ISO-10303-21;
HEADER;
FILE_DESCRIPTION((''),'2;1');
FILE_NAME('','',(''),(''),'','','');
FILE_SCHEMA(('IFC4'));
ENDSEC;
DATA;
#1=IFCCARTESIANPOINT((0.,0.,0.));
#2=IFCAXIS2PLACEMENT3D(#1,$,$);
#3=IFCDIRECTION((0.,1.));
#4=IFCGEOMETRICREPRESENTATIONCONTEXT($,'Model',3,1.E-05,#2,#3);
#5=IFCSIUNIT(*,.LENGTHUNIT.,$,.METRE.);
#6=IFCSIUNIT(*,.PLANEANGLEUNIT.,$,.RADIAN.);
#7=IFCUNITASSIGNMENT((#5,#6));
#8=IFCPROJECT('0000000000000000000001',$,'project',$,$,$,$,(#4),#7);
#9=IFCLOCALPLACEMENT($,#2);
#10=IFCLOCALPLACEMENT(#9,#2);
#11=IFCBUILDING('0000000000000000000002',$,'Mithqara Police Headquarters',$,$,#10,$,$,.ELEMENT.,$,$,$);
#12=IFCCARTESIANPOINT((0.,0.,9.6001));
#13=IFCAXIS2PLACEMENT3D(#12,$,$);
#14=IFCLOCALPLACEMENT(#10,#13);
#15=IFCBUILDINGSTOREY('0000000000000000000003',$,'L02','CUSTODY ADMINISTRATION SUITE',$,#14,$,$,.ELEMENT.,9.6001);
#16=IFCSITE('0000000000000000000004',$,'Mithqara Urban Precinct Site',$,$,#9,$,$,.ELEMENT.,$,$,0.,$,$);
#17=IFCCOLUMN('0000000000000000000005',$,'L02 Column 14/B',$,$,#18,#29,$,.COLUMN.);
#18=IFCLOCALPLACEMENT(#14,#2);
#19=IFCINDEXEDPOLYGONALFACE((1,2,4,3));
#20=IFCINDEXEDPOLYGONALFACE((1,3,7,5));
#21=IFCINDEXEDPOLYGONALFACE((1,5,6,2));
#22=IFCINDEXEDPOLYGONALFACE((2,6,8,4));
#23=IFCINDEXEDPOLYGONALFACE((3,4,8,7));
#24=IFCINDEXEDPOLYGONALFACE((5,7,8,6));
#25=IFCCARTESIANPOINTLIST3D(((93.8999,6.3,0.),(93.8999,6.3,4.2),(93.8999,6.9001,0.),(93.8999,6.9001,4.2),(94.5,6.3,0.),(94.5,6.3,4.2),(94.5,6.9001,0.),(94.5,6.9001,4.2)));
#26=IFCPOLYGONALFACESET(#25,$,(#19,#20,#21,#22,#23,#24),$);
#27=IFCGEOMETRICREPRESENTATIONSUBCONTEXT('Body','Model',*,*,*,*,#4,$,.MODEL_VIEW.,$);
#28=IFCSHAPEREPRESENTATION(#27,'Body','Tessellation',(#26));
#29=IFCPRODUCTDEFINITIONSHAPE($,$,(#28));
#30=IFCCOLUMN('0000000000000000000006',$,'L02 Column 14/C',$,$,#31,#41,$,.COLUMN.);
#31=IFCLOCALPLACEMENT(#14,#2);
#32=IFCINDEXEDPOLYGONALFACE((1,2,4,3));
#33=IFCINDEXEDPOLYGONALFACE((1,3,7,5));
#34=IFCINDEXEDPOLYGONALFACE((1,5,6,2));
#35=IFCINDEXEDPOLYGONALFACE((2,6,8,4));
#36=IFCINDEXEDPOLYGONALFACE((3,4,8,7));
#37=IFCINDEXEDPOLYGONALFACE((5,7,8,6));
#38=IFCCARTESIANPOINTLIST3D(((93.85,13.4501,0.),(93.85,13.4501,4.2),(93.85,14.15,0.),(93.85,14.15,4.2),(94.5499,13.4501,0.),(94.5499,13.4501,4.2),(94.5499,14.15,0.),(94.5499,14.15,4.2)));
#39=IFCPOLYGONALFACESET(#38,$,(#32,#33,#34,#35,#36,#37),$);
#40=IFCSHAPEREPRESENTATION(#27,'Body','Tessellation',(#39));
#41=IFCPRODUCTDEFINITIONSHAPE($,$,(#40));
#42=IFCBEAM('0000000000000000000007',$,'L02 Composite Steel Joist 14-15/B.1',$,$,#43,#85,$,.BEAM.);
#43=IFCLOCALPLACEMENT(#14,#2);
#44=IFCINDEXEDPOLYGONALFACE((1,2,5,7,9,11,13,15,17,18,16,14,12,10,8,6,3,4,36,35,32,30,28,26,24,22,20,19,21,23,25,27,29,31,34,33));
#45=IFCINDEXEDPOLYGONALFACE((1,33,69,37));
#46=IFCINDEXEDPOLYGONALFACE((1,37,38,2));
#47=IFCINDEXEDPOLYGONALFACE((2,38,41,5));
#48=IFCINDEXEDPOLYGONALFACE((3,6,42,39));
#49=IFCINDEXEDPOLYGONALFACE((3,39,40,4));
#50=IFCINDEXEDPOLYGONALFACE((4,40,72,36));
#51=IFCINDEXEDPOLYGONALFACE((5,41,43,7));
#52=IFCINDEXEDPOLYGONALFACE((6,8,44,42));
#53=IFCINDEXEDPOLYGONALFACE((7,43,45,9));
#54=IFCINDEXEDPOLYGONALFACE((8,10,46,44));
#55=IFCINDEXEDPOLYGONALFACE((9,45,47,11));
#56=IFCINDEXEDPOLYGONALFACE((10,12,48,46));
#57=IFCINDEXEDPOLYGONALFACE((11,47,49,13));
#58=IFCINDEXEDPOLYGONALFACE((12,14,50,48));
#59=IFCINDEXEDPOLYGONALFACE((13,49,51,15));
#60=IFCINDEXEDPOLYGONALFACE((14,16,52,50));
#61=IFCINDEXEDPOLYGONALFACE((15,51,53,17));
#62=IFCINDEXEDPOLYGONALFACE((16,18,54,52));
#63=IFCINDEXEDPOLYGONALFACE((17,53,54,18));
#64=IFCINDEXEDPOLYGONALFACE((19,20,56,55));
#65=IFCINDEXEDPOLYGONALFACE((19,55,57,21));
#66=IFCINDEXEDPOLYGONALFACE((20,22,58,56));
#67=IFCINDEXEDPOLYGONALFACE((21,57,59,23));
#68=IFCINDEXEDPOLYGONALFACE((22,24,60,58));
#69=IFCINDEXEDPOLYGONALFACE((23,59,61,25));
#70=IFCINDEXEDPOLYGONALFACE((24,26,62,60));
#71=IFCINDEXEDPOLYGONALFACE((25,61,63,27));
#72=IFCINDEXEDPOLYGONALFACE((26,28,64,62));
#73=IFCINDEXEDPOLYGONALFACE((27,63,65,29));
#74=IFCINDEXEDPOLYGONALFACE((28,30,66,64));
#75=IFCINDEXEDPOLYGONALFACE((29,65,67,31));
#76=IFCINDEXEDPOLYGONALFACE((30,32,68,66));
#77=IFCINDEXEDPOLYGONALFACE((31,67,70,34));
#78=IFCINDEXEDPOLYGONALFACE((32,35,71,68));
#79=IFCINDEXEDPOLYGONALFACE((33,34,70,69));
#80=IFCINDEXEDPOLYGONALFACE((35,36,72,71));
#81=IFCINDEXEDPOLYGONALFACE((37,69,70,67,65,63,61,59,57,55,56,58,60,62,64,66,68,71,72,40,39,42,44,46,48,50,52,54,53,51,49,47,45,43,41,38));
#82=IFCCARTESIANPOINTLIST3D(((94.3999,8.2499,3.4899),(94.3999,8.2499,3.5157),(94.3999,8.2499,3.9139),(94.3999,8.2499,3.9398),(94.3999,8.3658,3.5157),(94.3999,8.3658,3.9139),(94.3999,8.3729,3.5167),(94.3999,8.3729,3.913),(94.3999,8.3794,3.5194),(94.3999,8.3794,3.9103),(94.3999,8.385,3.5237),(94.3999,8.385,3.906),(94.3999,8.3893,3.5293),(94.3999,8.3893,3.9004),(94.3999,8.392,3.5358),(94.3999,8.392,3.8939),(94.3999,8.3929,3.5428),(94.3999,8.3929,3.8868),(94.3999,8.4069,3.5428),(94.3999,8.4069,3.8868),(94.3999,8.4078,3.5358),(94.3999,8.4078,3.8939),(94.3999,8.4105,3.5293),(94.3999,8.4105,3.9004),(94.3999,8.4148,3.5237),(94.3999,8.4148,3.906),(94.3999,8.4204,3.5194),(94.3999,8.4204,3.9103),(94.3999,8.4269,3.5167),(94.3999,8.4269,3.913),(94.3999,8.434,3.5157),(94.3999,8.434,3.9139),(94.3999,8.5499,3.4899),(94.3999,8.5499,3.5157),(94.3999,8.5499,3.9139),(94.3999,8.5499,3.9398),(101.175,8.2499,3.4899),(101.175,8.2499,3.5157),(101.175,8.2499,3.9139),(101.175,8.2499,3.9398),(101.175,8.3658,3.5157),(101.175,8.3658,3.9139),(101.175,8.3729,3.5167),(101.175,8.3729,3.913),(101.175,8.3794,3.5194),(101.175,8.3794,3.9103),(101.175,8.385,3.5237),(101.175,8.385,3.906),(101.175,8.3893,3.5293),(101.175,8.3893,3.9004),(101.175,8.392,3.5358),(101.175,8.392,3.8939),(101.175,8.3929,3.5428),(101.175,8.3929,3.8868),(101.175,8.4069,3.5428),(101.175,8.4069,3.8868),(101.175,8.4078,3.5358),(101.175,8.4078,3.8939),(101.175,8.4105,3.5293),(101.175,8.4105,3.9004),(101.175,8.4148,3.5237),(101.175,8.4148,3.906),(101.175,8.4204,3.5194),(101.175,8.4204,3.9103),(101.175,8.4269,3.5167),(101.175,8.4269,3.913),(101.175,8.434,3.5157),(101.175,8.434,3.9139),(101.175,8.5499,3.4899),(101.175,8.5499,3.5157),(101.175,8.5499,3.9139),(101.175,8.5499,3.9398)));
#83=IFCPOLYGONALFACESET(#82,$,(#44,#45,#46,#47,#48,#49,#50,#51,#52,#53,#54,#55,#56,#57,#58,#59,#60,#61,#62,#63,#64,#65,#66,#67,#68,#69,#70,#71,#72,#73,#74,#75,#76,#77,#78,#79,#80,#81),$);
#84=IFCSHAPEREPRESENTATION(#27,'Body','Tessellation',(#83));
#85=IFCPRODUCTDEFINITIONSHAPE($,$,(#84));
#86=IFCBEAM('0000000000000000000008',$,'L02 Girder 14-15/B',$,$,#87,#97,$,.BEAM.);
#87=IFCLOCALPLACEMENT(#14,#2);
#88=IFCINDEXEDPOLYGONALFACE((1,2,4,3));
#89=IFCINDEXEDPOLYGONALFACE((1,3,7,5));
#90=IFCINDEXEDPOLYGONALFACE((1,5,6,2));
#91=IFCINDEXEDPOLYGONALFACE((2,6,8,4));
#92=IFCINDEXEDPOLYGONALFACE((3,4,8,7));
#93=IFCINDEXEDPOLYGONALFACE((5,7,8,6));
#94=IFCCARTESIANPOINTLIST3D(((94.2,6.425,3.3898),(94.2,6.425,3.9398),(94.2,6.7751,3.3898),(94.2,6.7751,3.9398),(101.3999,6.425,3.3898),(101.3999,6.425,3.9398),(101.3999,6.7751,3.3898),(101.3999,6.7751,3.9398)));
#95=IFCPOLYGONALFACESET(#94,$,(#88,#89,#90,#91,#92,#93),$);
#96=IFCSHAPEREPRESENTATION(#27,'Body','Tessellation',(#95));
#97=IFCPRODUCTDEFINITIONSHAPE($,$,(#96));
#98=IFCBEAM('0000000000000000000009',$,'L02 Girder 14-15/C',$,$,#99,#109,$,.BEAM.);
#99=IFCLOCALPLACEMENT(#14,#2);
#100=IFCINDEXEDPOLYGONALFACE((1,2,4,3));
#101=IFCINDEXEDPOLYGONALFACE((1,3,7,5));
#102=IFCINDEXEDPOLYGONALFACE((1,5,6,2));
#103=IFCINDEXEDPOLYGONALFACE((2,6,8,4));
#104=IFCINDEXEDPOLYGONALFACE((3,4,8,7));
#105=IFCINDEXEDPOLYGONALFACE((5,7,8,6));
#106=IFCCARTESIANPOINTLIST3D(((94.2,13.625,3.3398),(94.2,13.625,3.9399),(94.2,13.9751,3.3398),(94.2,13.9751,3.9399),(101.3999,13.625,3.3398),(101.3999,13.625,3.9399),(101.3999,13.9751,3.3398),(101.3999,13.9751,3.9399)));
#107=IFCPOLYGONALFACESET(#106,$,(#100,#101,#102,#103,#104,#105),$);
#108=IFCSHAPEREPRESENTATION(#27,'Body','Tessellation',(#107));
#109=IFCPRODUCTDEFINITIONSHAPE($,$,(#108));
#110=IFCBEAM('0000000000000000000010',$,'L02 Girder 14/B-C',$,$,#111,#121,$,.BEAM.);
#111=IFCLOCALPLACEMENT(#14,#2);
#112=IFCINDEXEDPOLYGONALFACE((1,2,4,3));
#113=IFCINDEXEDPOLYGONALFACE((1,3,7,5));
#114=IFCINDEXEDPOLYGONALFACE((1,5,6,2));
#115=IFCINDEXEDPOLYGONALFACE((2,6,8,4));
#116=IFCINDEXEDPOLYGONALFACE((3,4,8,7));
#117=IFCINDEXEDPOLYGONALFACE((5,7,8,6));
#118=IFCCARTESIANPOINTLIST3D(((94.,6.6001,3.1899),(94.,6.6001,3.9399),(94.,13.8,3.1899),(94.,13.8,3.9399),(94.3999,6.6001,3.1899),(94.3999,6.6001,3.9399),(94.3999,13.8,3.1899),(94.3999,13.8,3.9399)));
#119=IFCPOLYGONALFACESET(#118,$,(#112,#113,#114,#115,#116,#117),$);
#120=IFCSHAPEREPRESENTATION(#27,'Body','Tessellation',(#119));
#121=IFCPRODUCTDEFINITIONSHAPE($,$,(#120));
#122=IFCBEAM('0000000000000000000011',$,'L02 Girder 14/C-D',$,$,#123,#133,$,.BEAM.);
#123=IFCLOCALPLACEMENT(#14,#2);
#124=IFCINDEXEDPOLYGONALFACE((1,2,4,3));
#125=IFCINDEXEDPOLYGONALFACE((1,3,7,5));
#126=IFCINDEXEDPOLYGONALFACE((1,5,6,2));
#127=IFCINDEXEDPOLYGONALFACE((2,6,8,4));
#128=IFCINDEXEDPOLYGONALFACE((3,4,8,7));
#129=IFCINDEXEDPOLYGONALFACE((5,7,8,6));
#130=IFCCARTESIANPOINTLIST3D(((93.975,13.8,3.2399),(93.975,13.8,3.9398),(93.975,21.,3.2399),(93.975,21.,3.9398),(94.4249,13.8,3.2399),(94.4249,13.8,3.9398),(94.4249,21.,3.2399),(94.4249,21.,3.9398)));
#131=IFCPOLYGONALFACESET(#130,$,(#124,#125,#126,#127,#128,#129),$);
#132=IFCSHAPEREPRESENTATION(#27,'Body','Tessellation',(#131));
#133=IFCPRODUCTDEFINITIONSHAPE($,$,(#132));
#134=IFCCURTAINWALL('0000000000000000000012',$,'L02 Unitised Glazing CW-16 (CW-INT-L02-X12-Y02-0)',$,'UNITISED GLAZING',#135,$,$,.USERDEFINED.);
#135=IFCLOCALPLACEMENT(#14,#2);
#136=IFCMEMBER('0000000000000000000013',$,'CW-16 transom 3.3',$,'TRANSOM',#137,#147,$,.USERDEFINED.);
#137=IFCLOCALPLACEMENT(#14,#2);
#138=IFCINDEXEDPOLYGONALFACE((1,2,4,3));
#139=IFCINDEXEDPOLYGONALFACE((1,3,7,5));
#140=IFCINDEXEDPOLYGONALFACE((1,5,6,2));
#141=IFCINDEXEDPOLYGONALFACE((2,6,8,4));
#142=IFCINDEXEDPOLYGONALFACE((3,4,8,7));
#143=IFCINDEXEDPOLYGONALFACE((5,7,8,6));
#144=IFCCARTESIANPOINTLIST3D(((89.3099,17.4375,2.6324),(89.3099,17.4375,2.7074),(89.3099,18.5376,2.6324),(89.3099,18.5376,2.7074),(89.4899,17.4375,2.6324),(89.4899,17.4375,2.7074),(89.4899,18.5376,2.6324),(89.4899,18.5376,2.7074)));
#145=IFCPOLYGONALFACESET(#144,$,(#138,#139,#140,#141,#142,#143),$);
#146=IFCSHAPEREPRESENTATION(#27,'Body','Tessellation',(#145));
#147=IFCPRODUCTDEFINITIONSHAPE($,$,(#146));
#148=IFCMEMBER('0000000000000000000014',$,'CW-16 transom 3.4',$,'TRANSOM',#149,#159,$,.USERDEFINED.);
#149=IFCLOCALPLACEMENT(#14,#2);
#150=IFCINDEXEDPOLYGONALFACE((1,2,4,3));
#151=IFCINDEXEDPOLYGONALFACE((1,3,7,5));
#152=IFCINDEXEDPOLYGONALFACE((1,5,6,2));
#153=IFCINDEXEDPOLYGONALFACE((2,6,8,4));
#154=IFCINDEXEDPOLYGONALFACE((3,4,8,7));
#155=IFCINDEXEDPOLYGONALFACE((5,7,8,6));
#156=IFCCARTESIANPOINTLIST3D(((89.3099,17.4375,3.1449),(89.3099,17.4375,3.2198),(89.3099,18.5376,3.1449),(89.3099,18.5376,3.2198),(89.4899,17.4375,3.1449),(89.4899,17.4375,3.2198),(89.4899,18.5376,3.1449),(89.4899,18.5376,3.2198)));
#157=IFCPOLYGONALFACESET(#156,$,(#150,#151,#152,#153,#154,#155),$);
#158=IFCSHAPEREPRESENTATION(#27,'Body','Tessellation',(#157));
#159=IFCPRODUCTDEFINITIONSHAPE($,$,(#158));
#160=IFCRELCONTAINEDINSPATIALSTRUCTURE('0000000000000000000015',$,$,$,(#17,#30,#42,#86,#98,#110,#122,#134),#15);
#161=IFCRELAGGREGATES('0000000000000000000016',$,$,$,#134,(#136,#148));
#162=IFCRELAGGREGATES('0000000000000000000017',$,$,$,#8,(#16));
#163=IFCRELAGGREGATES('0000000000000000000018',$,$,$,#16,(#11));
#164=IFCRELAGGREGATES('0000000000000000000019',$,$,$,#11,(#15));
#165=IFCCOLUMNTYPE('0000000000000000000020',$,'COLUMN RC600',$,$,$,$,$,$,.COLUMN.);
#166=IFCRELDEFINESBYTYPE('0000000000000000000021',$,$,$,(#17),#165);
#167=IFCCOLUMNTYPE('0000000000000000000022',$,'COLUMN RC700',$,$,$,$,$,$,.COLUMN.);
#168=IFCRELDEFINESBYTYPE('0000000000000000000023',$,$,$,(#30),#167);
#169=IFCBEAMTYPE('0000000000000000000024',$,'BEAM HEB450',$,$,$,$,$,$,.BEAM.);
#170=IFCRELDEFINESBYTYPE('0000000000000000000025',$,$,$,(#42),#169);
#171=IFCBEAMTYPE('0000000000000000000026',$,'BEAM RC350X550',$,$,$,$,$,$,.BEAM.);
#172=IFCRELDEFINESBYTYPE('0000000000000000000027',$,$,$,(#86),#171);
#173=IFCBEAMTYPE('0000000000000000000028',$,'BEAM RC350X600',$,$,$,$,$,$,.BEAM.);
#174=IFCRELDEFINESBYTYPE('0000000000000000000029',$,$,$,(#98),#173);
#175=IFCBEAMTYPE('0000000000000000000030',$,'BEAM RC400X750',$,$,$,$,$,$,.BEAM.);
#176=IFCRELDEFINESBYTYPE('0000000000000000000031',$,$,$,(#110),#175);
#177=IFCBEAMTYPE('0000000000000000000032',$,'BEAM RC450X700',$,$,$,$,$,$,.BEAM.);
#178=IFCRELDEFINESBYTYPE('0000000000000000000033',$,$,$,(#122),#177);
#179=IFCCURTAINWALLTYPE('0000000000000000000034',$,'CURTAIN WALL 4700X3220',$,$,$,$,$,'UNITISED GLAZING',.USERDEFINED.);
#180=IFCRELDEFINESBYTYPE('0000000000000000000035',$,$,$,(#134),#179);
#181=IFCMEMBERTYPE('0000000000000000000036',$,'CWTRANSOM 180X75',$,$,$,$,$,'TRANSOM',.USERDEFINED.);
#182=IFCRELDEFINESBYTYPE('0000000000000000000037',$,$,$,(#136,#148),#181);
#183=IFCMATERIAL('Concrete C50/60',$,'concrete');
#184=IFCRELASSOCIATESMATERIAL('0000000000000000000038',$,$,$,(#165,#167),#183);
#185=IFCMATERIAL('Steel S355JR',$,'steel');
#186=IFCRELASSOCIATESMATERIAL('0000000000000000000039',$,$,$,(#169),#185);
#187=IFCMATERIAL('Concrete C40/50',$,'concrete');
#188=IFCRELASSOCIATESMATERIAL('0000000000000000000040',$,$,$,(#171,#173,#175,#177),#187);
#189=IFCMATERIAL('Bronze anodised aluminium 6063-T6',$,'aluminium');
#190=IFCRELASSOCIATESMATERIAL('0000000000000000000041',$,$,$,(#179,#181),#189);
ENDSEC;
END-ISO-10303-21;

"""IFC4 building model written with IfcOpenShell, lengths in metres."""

from ifc_helpers import new_model, si_unit, direction, frame, origin, origin_2d, place, context, subcontext, project, spatial, rectangle, i_section, extrude, material, material_profile, profile_set, type_object, element, aggregate, save


model = new_model("IFC4")

# Units and contexts
model_context = context("Model", 3, precision=1e-05, world=origin(), true_north=direction((0.0, 1.0)))
body_context = subcontext(model_context, "Body", "Model", "MODEL_VIEW")
ifc_project = project(units=[si_unit("LENGTHUNIT", "METRE"), si_unit("PLANEANGLEUNIT", "RADIAN")], contexts=[model_context])

# Site, building, storey
site_placement = place(None, origin())
site = spatial("IfcSite", under=ifc_project, at=site_placement, Name="Mithqara Urban Precinct Site", CompositionType="ELEMENT", RefElevation=0.0)
building_placement = place(site_placement, origin())
building = spatial("IfcBuilding", under=site, at=building_placement, Name="Mithqara Police Headquarters", CompositionType="ELEMENT")
storey_placement = place(building_placement, frame((0.0, 0.0, 9.6001)))
storey = spatial("IfcBuildingStorey", under=building, at=storey_placement, Name="L02", Description="CUSTODY ADMINISTRATION SUITE", CompositionType="ELEMENT", Elevation=9.6001)

# Columns
ifc_material_1 = material(Name="Concrete C50/60", Category="concrete")
ifc_material_profile_1 = material_profile(ifc_material_1, rectangle(XDim=0.6001, YDim=0.6001, at=origin_2d()), Name="RC 600x600")
ifc_profile_set_1 = profile_set([ifc_material_profile_1], Name="Concrete C50/60")
column_type_1 = type_object("IfcColumnType", Name="COLUMN RC600", PredefinedType="COLUMN", material=ifc_profile_set_1)
column_1_placement = place(storey_placement, frame((94.2, 6.6001, 0.0), z_axis=(0.0, 0.0, 1.0), x_axis=(1.0, 0.0, 0.0)))
element("IfcColumn", 1, at=column_1_placement, inside=storey, type_object=column_type_1, Name="L02 Column 14/B", PredefinedType="COLUMN", context=body_context, shape_type="SweptSolid", body=[
    extrude(rectangle(XDim=0.6001, YDim=0.6001, at=origin_2d()), origin(), (0.0, 0.0, 1.0), 4.2),
])
ifc_material_profile_2 = material_profile(ifc_material_1, rectangle(XDim=0.7, YDim=0.7, at=origin_2d()), Name="RC 700x700")
ifc_profile_set_2 = profile_set([ifc_material_profile_2], Name="Concrete C50/60")
column_type_2 = type_object("IfcColumnType", Name="COLUMN RC700", PredefinedType="COLUMN", material=ifc_profile_set_2)
column_2_placement = place(storey_placement, frame((94.2, 13.8, 0.0), z_axis=(0.0, 0.0, 1.0), x_axis=(1.0, 0.0, 0.0)))
element("IfcColumn", 2, at=column_2_placement, inside=storey, type_object=column_type_2, Name="L02 Column 14/C", PredefinedType="COLUMN", context=body_context, shape_type="SweptSolid", body=[
    extrude(rectangle(XDim=0.7, YDim=0.7, at=origin_2d()), origin(), (0.0, 0.0, 1.0), 4.2),
])

# Beams
ifc_material_2 = material(Name="Steel S355JR", Category="steel")
ifc_material_profile_3 = material_profile(ifc_material_2, i_section(OverallWidth=0.3, OverallDepth=0.45, WebThickness=0.0139, FlangeThickness=0.0259, FilletRadius=0.0271, at=origin_2d()), Name="HEB 450")
ifc_profile_set_3 = profile_set([ifc_material_profile_3], Name="Steel S355JR")
beam_type_1 = type_object("IfcBeamType", Name="BEAM HEB450", PredefinedType="BEAM", material=ifc_profile_set_3)
beam_1_placement = place(storey_placement, frame((94.3999, 8.3999, 3.7148), z_axis=(1.0, 0.0, 0.0), x_axis=(0.0, 1.0, 0.0)))
element("IfcBeam", 3, at=beam_1_placement, inside=storey, type_object=beam_type_1, Name="L02 Composite Steel Joist 14-15/B.1", PredefinedType="BEAM", context=body_context, shape_type="SweptSolid", body=[
    extrude(i_section(OverallWidth=0.3, OverallDepth=0.45, WebThickness=0.0139, FlangeThickness=0.0259, FilletRadius=0.0271, at=origin_2d()), origin(), (0.0, 0.0, 1.0), 6.7751),
])
ifc_material_3 = material(Name="Concrete C40/50", Category="concrete")
ifc_material_profile_4 = material_profile(ifc_material_3, rectangle(XDim=0.3501, YDim=0.55, at=origin_2d()), Name="RC 350x550")
ifc_profile_set_4 = profile_set([ifc_material_profile_4], Name="Concrete C40/50")
beam_type_2 = type_object("IfcBeamType", Name="BEAM RC350X550", PredefinedType="BEAM", material=ifc_profile_set_4)
beam_2_placement = place(storey_placement, frame((94.2, 6.6001, 3.6648), z_axis=(1.0, 0.0, 0.0), x_axis=(0.0, 1.0, 0.0)))
element("IfcBeam", 4, at=beam_2_placement, inside=storey, type_object=beam_type_2, Name="L02 Girder 14-15/B", PredefinedType="BEAM", context=body_context, shape_type="SweptSolid", body=[
    extrude(rectangle(XDim=0.3501, YDim=0.55, at=origin_2d()), origin(), (0.0, 0.0, 1.0), 7.2),
])
ifc_material_profile_5 = material_profile(ifc_material_3, rectangle(XDim=0.3501, YDim=0.6001, at=origin_2d()), Name="RC 350x600")
ifc_profile_set_5 = profile_set([ifc_material_profile_5], Name="Concrete C40/50")
beam_type_3 = type_object("IfcBeamType", Name="BEAM RC350X600", PredefinedType="BEAM", material=ifc_profile_set_5)
beam_3_placement = place(storey_placement, frame((94.2, 13.8, 3.6399), z_axis=(1.0, 0.0, 0.0), x_axis=(0.0, 1.0, 0.0)))
element("IfcBeam", 5, at=beam_3_placement, inside=storey, type_object=beam_type_3, Name="L02 Girder 14-15/C", PredefinedType="BEAM", context=body_context, shape_type="SweptSolid", body=[
    extrude(rectangle(XDim=0.3501, YDim=0.6001, at=origin_2d()), origin(), (0.0, 0.0, 1.0), 7.2),
])
ifc_material_profile_6 = material_profile(ifc_material_3, rectangle(XDim=0.3999, YDim=0.75, at=origin_2d()), Name="RC 400x750")
ifc_profile_set_6 = profile_set([ifc_material_profile_6], Name="Concrete C40/50")
beam_type_4 = type_object("IfcBeamType", Name="BEAM RC400X750", PredefinedType="BEAM", material=ifc_profile_set_6)
beam_4_placement = place(storey_placement, frame((94.2, 6.6001, 3.5649), z_axis=(0.0, 1.0, 0.0), x_axis=(-1.0, 0.0, 0.0)))
element("IfcBeam", 6, at=beam_4_placement, inside=storey, type_object=beam_type_4, Name="L02 Girder 14/B-C", PredefinedType="BEAM", context=body_context, shape_type="SweptSolid", body=[
    extrude(rectangle(XDim=0.3999, YDim=0.75, at=origin_2d()), origin(), (0.0, 0.0, 1.0), 7.2),
])
ifc_material_profile_7 = material_profile(ifc_material_3, rectangle(XDim=0.45, YDim=0.7, at=origin_2d()), Name="RC 450x700")
ifc_profile_set_7 = profile_set([ifc_material_profile_7], Name="Concrete C40/50")
beam_type_5 = type_object("IfcBeamType", Name="BEAM RC450X700", PredefinedType="BEAM", material=ifc_profile_set_7)
beam_5_placement = place(storey_placement, frame((94.2, 13.8, 3.5898), z_axis=(0.0, 1.0, 0.0), x_axis=(-1.0, 0.0, 0.0)))
element("IfcBeam", 7, at=beam_5_placement, inside=storey, type_object=beam_type_5, Name="L02 Girder 14/C-D", PredefinedType="BEAM", context=body_context, shape_type="SweptSolid", body=[
    extrude(rectangle(XDim=0.45, YDim=0.7, at=origin_2d()), origin(), (0.0, 0.0, 1.0), 7.2),
])

# Curtain wall, members
ifc_material_4 = material(Name="Bronze anodised aluminium 6063-T6", Category="aluminium")
curtain_wall_type = type_object("IfcCurtainWallType", Name="CURTAIN WALL 4700X3220", ElementType="UNITISED GLAZING", PredefinedType="USERDEFINED", material=ifc_material_4)
curtain_wall_placement = place(storey_placement, origin())
curtain_wall = element("IfcCurtainWall", 8, at=curtain_wall_placement, inside=storey, type_object=curtain_wall_type, Name="L02 Unitised Glazing CW-16 (CW-INT-L02-X12-Y02-0)", ObjectType="UNITISED GLAZING", PredefinedType="USERDEFINED")
ifc_material_profile_8 = material_profile(ifc_material_4, rectangle(XDim=0.1799, YDim=0.075, at=origin_2d()), Name="CWT 180x75")
ifc_profile_set_8 = profile_set([ifc_material_profile_8], Name="Bronze anodised aluminium 6063-T6")
member_type = type_object("IfcMemberType", Name="CWTRANSOM 180X75", ElementType="TRANSOM", PredefinedType="USERDEFINED", material=ifc_profile_set_8)
member_1_placement = place(storey_placement, frame((89.3999, 17.4375, 2.6699), z_axis=(0.0, 1.0, 0.0), x_axis=(-1.0, 0.0, 0.0)))
member_1 = element("IfcMember", 9, at=member_1_placement, type_object=member_type, Name="CW-16 transom 3.3", ObjectType="TRANSOM", PredefinedType="USERDEFINED", context=body_context, shape_type="SweptSolid", body=[
    extrude(rectangle(XDim=0.1799, YDim=0.075, at=origin_2d()), origin(), (0.0, 0.0, 1.0), 1.1001),
])
member_2_placement = place(storey_placement, frame((89.3999, 17.4375, 3.1824), z_axis=(0.0, 1.0, 0.0), x_axis=(-1.0, 0.0, 0.0)))
member_2 = element("IfcMember", 10, at=member_2_placement, type_object=member_type, Name="CW-16 transom 3.4", ObjectType="TRANSOM", PredefinedType="USERDEFINED", context=body_context, shape_type="SweptSolid", body=[
    extrude(rectangle(XDim=0.1799, YDim=0.075, at=origin_2d()), origin(), (0.0, 0.0, 1.0), 1.1001),
])
aggregate(curtain_wall, [member_1, member_2])

save(model, "model.ifc")
